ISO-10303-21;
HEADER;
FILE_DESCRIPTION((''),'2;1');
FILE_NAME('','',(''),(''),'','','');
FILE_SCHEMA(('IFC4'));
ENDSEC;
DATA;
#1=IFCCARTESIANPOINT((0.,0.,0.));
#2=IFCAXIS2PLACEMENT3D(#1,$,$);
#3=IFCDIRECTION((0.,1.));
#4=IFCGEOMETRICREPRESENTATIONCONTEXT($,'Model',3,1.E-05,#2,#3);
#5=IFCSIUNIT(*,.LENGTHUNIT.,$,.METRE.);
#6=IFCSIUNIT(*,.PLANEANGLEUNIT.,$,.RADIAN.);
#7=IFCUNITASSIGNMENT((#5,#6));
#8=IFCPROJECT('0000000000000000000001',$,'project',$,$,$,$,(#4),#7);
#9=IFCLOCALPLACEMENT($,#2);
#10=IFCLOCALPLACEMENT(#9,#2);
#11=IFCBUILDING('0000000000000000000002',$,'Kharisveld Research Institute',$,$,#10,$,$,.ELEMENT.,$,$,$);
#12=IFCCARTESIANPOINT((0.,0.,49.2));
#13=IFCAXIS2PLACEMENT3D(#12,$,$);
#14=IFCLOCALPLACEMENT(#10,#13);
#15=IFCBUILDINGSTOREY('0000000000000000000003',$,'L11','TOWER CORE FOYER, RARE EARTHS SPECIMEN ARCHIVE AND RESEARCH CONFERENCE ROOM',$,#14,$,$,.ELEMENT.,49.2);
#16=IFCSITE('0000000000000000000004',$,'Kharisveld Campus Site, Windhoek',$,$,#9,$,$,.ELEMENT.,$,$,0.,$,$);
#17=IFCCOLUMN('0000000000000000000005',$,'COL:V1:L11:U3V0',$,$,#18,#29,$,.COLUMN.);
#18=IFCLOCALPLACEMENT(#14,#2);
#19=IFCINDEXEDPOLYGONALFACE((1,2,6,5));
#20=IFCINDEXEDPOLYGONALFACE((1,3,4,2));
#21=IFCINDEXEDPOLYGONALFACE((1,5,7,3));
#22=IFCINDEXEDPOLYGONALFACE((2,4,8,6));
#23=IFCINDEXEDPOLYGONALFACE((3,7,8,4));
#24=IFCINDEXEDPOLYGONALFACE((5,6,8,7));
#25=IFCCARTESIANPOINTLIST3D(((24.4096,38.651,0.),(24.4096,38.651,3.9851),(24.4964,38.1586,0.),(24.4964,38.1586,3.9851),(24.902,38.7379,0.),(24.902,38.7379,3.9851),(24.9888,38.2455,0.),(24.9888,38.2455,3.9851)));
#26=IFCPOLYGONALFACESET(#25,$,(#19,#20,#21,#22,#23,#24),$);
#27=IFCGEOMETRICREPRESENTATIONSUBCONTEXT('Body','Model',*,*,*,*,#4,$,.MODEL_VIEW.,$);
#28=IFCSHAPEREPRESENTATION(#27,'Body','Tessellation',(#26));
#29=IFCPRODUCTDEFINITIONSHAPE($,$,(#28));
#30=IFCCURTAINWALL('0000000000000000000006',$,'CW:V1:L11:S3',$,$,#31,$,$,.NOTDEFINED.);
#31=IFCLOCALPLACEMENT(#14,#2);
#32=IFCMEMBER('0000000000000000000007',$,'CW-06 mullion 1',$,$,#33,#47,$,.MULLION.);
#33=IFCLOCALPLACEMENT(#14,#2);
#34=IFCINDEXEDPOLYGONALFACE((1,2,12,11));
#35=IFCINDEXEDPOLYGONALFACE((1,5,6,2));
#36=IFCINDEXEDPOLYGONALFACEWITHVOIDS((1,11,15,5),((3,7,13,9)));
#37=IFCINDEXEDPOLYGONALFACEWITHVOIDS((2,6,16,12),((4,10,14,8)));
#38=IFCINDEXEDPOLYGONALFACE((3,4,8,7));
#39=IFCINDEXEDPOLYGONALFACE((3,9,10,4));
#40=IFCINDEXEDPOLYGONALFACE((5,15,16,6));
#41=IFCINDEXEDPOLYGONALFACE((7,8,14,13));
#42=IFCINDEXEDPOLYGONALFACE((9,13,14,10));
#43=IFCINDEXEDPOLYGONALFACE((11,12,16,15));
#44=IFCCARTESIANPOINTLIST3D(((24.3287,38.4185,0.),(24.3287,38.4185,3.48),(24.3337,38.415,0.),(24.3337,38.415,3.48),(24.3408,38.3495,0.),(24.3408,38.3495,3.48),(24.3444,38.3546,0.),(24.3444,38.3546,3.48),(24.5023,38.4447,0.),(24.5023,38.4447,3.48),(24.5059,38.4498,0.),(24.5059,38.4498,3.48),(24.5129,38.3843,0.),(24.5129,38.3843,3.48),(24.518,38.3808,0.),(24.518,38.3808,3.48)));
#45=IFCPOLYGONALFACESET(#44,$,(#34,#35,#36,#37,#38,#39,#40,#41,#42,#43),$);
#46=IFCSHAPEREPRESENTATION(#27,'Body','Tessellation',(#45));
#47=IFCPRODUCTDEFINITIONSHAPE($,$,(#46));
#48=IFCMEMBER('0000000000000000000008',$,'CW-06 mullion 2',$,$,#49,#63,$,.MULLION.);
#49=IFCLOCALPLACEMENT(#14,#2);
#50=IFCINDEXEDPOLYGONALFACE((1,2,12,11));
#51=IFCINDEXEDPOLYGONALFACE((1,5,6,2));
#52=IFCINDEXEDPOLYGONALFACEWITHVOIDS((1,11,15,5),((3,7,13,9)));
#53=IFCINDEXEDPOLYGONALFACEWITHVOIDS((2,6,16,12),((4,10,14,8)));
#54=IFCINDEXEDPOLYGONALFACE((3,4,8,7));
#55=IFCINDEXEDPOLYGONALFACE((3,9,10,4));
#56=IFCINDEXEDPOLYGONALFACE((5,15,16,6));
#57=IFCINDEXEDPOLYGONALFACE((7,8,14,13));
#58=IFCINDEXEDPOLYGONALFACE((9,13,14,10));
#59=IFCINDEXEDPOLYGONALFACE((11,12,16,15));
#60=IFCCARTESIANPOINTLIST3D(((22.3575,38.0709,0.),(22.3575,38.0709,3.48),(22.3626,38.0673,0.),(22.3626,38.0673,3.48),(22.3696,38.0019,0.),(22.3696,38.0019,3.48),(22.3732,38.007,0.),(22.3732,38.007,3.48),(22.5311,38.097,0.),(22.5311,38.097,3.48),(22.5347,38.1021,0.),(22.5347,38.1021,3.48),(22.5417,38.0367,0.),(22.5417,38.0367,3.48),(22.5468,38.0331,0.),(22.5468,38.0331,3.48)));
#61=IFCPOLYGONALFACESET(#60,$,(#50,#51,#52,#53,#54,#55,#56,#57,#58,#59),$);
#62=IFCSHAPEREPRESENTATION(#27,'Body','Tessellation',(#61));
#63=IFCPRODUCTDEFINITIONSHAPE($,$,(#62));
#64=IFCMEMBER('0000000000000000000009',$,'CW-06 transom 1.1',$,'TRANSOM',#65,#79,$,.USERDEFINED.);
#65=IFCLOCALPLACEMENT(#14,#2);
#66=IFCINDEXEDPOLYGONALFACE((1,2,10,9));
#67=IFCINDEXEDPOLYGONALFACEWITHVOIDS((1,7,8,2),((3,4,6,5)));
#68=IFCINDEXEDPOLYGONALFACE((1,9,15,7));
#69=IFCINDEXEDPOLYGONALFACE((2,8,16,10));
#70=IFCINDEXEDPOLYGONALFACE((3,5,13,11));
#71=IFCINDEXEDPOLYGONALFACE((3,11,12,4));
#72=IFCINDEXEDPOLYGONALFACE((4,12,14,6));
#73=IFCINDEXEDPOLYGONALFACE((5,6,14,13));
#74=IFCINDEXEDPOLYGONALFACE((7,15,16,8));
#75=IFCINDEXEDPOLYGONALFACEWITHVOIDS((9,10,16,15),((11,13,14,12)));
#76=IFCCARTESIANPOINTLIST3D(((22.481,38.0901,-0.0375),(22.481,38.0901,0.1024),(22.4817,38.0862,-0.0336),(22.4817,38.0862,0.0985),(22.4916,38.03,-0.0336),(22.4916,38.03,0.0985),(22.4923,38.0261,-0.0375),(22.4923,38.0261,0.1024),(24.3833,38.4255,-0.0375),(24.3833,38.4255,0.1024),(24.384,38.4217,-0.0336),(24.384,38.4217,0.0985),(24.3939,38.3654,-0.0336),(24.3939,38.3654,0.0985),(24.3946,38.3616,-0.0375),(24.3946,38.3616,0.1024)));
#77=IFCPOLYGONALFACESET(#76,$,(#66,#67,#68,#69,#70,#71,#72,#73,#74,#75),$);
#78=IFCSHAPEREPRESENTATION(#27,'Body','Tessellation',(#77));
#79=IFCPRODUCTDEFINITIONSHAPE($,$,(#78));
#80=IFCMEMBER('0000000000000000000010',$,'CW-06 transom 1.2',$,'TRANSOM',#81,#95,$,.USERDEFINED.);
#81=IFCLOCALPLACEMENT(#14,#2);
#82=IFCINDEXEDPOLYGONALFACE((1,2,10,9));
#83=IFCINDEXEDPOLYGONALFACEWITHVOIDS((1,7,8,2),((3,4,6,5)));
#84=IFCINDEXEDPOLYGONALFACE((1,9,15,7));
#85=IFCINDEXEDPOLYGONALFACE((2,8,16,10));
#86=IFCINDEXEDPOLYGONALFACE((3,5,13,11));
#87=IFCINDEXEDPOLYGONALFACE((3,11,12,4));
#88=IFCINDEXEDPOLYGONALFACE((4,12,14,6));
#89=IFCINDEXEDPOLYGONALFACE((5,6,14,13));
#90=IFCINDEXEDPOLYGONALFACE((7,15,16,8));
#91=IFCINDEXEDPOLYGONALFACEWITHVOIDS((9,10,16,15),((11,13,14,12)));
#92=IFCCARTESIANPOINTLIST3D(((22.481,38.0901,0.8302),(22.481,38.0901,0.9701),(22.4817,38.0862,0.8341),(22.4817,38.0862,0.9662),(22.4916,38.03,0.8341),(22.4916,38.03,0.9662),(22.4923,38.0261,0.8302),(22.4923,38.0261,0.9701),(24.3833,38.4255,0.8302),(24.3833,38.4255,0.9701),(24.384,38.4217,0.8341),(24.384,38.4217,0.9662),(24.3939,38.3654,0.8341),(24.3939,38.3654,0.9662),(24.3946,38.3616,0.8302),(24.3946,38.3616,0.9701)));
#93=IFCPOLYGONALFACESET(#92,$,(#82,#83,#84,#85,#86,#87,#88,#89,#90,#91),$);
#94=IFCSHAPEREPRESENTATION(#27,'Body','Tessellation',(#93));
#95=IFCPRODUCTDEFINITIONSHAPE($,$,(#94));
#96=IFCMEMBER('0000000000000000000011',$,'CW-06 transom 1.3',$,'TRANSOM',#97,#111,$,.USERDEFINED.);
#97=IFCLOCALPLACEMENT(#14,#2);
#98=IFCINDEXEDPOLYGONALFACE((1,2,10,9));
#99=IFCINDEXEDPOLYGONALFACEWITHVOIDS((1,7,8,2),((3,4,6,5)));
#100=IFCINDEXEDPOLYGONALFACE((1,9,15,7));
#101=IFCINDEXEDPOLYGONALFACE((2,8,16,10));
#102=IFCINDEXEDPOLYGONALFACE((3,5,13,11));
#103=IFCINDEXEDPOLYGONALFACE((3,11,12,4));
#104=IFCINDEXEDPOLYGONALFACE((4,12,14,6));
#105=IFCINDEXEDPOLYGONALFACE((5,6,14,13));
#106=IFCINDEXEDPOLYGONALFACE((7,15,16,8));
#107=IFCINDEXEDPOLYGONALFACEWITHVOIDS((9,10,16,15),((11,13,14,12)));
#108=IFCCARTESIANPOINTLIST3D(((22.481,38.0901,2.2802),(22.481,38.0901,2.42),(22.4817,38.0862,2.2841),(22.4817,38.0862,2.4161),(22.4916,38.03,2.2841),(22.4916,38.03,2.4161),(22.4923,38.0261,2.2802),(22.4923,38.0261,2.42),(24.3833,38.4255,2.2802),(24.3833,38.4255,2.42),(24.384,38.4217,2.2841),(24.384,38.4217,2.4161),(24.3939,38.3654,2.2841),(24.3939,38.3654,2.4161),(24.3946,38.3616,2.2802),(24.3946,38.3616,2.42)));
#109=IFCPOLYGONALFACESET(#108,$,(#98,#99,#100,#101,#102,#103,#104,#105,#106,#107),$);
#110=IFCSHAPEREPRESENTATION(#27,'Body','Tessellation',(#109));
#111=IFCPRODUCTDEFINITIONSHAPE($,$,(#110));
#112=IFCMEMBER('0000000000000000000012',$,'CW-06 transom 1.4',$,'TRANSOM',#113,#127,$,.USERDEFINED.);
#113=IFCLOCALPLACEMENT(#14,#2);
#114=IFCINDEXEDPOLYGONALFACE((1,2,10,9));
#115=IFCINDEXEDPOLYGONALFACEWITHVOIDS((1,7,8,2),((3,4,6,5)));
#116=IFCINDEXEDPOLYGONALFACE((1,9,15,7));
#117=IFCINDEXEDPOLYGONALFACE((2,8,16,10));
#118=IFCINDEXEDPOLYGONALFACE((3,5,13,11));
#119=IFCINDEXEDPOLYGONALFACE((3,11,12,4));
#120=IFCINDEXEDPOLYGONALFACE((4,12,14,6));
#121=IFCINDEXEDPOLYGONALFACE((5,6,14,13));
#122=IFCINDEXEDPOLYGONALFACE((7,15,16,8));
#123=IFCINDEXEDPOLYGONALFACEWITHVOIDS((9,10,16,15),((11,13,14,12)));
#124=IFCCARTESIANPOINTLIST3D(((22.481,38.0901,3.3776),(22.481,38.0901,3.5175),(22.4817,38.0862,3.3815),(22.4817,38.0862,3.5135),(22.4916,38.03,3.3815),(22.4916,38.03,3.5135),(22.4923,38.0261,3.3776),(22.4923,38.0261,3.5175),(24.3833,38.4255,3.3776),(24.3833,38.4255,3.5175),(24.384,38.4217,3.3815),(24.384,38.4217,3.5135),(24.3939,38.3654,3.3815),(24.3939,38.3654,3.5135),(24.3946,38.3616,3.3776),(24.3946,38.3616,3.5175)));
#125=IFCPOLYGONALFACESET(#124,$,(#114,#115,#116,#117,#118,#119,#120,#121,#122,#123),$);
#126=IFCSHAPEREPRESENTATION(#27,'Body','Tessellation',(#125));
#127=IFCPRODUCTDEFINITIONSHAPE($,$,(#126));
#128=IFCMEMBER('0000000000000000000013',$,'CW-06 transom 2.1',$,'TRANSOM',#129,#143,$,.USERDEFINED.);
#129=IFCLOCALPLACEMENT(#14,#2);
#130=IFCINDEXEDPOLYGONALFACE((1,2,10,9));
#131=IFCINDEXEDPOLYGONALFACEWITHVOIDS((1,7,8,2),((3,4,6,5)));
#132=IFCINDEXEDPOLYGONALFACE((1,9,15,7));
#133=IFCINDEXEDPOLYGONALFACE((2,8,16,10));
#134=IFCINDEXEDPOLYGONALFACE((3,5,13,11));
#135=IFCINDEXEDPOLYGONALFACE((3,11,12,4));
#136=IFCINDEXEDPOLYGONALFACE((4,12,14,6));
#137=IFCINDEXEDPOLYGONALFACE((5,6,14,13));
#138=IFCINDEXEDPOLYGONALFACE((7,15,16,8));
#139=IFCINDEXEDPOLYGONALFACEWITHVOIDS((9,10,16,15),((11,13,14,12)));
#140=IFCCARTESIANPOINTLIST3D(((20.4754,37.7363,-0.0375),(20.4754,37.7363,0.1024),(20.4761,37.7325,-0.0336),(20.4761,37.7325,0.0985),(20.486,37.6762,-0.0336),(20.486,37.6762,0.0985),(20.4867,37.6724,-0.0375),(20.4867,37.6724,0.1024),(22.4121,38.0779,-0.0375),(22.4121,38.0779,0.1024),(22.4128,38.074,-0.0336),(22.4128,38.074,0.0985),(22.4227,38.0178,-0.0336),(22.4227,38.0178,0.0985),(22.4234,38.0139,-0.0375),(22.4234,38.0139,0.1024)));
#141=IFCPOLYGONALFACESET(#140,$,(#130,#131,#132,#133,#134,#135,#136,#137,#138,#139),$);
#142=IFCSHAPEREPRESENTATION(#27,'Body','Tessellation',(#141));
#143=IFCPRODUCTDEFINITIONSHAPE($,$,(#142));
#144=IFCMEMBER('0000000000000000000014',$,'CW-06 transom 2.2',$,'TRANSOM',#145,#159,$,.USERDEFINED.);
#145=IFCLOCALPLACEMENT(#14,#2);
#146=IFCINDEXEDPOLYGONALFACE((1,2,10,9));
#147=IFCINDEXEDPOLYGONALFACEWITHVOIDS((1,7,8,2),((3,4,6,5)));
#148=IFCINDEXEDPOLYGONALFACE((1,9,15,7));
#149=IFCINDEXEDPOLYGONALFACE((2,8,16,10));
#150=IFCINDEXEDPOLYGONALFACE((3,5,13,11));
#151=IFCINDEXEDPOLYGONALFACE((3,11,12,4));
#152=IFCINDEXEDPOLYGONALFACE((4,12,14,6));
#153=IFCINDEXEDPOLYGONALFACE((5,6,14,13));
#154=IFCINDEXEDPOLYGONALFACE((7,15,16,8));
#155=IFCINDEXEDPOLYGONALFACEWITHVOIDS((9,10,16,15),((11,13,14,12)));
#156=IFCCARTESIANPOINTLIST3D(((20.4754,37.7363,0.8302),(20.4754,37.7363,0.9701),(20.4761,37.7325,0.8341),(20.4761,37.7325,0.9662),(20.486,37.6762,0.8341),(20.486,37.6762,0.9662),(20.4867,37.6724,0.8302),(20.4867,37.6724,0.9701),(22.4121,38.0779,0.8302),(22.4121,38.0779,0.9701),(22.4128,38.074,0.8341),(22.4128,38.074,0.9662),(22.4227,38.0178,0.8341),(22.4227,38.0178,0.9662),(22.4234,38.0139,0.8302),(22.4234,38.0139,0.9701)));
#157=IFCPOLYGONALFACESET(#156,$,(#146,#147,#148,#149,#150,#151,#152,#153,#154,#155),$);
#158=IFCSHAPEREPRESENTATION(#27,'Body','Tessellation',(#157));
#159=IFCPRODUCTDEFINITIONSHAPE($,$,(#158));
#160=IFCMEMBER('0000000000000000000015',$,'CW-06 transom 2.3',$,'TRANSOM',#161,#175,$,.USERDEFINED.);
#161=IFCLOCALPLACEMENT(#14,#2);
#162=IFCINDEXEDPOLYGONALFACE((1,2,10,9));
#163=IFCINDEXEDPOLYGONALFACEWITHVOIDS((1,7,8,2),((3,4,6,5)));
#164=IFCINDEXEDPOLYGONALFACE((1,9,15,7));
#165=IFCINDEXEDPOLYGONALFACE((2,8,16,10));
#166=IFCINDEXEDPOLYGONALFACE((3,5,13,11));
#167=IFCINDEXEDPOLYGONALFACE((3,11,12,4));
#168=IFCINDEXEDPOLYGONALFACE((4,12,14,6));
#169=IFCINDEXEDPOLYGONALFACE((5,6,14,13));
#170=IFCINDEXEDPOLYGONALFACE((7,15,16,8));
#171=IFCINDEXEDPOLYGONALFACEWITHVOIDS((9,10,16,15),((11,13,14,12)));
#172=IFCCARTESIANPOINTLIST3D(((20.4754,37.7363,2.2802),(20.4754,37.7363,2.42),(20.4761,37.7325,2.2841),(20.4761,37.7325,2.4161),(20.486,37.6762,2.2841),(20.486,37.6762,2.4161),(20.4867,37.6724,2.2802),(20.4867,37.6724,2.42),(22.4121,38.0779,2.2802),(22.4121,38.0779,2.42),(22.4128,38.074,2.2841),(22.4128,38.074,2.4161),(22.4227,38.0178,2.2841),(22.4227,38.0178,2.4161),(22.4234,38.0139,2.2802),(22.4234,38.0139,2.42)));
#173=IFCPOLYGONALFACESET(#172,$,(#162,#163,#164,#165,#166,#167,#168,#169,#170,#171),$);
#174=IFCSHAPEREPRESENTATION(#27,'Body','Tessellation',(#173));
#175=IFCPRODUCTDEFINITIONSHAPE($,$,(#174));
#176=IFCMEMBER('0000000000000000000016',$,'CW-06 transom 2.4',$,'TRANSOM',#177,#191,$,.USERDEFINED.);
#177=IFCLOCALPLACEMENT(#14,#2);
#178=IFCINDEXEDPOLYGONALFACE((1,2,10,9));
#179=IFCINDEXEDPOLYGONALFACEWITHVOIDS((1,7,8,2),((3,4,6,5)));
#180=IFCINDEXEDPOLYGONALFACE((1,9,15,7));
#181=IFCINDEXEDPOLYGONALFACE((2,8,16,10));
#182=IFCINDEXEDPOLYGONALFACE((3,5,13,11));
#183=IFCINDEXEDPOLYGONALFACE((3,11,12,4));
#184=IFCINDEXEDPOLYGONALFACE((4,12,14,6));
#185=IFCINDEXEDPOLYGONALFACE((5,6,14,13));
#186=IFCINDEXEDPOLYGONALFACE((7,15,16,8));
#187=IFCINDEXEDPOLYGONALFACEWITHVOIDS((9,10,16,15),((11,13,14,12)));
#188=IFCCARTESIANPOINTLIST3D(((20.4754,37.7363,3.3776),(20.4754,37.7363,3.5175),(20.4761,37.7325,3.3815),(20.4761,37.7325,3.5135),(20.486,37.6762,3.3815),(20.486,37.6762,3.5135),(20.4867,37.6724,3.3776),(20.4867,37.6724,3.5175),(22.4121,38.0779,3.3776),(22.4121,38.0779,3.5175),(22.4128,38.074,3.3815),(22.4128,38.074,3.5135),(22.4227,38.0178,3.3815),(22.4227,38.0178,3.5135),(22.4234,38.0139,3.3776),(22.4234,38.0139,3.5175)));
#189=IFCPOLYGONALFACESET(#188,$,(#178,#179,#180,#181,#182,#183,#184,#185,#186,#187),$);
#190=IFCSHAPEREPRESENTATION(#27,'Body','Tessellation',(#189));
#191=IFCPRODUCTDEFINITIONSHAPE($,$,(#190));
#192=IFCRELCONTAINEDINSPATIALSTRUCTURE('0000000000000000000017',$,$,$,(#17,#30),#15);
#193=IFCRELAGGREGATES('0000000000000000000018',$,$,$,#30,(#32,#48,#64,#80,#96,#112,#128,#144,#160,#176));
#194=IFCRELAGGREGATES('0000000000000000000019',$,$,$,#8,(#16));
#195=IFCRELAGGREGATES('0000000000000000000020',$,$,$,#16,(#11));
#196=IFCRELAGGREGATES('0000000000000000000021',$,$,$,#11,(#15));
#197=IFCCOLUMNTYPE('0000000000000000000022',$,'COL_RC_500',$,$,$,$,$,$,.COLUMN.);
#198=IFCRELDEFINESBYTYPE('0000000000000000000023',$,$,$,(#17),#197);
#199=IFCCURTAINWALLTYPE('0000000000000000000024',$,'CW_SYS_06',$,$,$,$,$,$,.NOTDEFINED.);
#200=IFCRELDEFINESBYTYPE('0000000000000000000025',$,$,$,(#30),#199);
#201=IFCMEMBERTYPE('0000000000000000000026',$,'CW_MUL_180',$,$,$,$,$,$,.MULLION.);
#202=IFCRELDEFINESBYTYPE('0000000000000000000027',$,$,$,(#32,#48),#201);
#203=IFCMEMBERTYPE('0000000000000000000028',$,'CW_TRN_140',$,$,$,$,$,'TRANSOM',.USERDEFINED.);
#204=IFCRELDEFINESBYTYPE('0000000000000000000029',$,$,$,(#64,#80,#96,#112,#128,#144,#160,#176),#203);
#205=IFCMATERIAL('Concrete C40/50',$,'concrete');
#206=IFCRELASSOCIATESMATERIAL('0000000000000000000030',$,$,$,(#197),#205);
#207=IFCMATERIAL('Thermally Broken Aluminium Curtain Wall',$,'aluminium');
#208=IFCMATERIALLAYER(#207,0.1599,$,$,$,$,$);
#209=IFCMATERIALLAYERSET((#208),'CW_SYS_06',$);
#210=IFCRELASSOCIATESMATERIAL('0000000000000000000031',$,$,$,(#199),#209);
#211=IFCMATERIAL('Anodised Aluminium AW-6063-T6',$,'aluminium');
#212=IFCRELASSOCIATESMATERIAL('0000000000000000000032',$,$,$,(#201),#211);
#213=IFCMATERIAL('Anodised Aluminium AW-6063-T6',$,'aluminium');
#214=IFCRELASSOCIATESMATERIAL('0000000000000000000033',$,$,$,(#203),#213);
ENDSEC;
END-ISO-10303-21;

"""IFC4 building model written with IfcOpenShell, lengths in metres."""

from ifc_helpers import new_model, si_unit, direction, frame, origin, origin_2d, place, context, subcontext, project, spatial, rectangle, hollow_rectangle, extrude, material, layer, layer_set, material_profile, profile_set, type_object, element, aggregate, save


model = new_model("IFC4")

# Units and contexts
model_context = context("Model", 3, precision=1e-05, world=origin(), true_north=direction((0.0, 1.0)))
body_context = subcontext(model_context, "Body", "Model", "MODEL_VIEW")
ifc_project = project(units=[si_unit("LENGTHUNIT", "METRE"), si_unit("PLANEANGLEUNIT", "RADIAN")], contexts=[model_context])

# Site, building, storey
site_placement = place(None, origin())
site = spatial("IfcSite", under=ifc_project, at=site_placement, Name="Kharisveld Campus Site, Windhoek", CompositionType="ELEMENT", RefElevation=0.0)
building_placement = place(site_placement, origin())
building = spatial("IfcBuilding", under=site, at=building_placement, Name="Kharisveld Research Institute", CompositionType="ELEMENT")
storey_placement = place(building_placement, frame((0.0, 0.0, 49.2)))
storey = spatial("IfcBuildingStorey", under=building, at=storey_placement, Name="L11", Description="TOWER CORE FOYER, RARE EARTHS SPECIMEN ARCHIVE AND RESEARCH CONFERENCE ROOM", CompositionType="ELEMENT", Elevation=49.2)

# Column
ifc_material_1 = material(Name="Concrete C40/50", Category="concrete")
ifc_material_profile_1 = material_profile(ifc_material_1, rectangle(XDim=0.5, YDim=0.5, at=origin_2d()))
ifc_profile_set_1 = profile_set([ifc_material_profile_1], Name="Concrete C40/50")
column_type = type_object("IfcColumnType", Name="COL_RC_500", PredefinedType="COLUMN", material=ifc_profile_set_1)
column_placement = place(storey_placement, frame((24.6992, 38.4482, 0.0), z_axis=(0.0, 0.0, 1.0), x_axis=(0.984808, 0.173648, 0.0)))
element("IfcColumn", 1, at=column_placement, inside=storey, type_object=column_type, Name="COL:V1:L11:U3V0", PredefinedType="COLUMN", context=body_context, shape_type="SweptSolid", body=[
    extrude(rectangle(XDim=0.5, YDim=0.5, at=origin_2d()), origin(), (0.0, 0.0, 1.0), 3.9851),
])

# Curtain wall, members
ifc_material_2 = material(Name="Thermally Broken Aluminium Curtain Wall", Category="aluminium")
ifc_layer_1 = layer(ifc_material_2, 0.1599)
ifc_layer_set_1 = layer_set([ifc_layer_1], Name="CW_SYS_06")
curtain_wall_type = type_object("IfcCurtainWallType", Name="CW_SYS_06", PredefinedType="NOTDEFINED", material=ifc_layer_set_1)
curtain_wall_placement = place(storey_placement, origin())
curtain_wall = element("IfcCurtainWall", 2, at=curtain_wall_placement, inside=storey, type_object=curtain_wall_type, Name="CW:V1:L11:S3", PredefinedType="NOTDEFINED")
ifc_material_3 = material(Name="Anodised Aluminium AW-6063-T6", Category="aluminium")
ifc_material_profile_2 = material_profile(ifc_material_3, hollow_rectangle(XDim=0.0701, YDim=0.1799, WallThickness=0.0044, at=origin_2d()))
ifc_profile_set_2 = profile_set([ifc_material_profile_2], Name="Anodised Aluminium AW-6063-T6")
member_type_1 = type_object("IfcMemberType", Name="CW_MUL_180", PredefinedType="MULLION", material=ifc_profile_set_2)
member_1_placement = place(storey_placement, frame((24.4233, 38.3997, 0.0), z_axis=(0.0, 0.0, 1.0), x_axis=(0.173648, -0.984808, 0.0)))
member_1 = element("IfcMember", 3, at=member_1_placement, type_object=member_type_1, Name="CW-06 mullion 1", PredefinedType="MULLION", context=body_context, shape_type="SweptSolid", body=[
    extrude(hollow_rectangle(XDim=0.0701, YDim=0.1799, WallThickness=0.0044, at=origin_2d()), origin(), (0.0, 0.0, 1.0), 3.48),
])
member_2_placement = place(storey_placement, frame((22.4521, 38.052, 0.0), z_axis=(0.0, 0.0, 1.0), x_axis=(0.173648, -0.984808, 0.0)))
member_2 = element("IfcMember", 4, at=member_2_placement, type_object=member_type_1, Name="CW-06 mullion 2", PredefinedType="MULLION", context=body_context, shape_type="SweptSolid", body=[
    extrude(hollow_rectangle(XDim=0.0701, YDim=0.1799, WallThickness=0.0044, at=origin_2d()), origin(), (0.0, 0.0, 1.0), 3.48),
])
ifc_material_4 = material(Name="Anodised Aluminium AW-6063-T6", Category="aluminium")
ifc_material_profile_3 = material_profile(ifc_material_4, hollow_rectangle(XDim=0.0649, YDim=0.1399, WallThickness=0.0039, at=origin_2d()))
ifc_profile_set_3 = profile_set([ifc_material_profile_3], Name="Anodised Aluminium AW-6063-T6")
member_type_2 = type_object("IfcMemberType", Name="CW_TRN_140", ElementType="TRANSOM", PredefinedType="USERDEFINED", material=ifc_profile_set_3)
member_3_placement = place(storey_placement, frame((24.3889, 38.3936, 0.0325), z_axis=(-0.984806, -0.173656, 0.0), x_axis=(0.173656, -0.984806, 0.0)))
member_3 = element("IfcMember", 5, at=member_3_placement, type_object=member_type_2, Name="CW-06 transom 1.1", ObjectType="TRANSOM", PredefinedType="USERDEFINED", context=body_context, shape_type="SweptSolid", body=[
    extrude(hollow_rectangle(XDim=0.0649, YDim=0.1399, WallThickness=0.0039, at=origin_2d()), origin(), (0.0, 0.0, 1.0), 1.9316),
])
member_4_placement = place(storey_placement, frame((24.3889, 38.3936, 0.9001), z_axis=(-0.984806, -0.173656, 0.0), x_axis=(0.173656, -0.984806, 0.0)))
member_4 = element("IfcMember", 6, at=member_4_placement, type_object=member_type_2, Name="CW-06 transom 1.2", ObjectType="TRANSOM", PredefinedType="USERDEFINED", context=body_context, shape_type="SweptSolid", body=[
    extrude(hollow_rectangle(XDim=0.0649, YDim=0.1399, WallThickness=0.0039, at=origin_2d()), origin(), (0.0, 0.0, 1.0), 1.9316),
])
member_5_placement = place(storey_placement, frame((24.3889, 38.3936, 2.3501), z_axis=(-0.984806, -0.173656, 0.0), x_axis=(0.173656, -0.984806, 0.0)))
member_5 = element("IfcMember", 7, at=member_5_placement, type_object=member_type_2, Name="CW-06 transom 1.3", ObjectType="TRANSOM", PredefinedType="USERDEFINED", context=body_context, shape_type="SweptSolid", body=[
    extrude(hollow_rectangle(XDim=0.0649, YDim=0.1399, WallThickness=0.0039, at=origin_2d()), origin(), (0.0, 0.0, 1.0), 1.9316),
])
member_6_placement = place(storey_placement, frame((24.3889, 38.3936, 3.4475), z_axis=(-0.984806, -0.173656, 0.0), x_axis=(0.173656, -0.984806, 0.0)))
member_6 = element("IfcMember", 8, at=member_6_placement, type_object=member_type_2, Name="CW-06 transom 1.4", ObjectType="TRANSOM", PredefinedType="USERDEFINED", context=body_context, shape_type="SweptSolid", body=[
    extrude(hollow_rectangle(XDim=0.0649, YDim=0.1399, WallThickness=0.0039, at=origin_2d()), origin(), (0.0, 0.0, 1.0), 1.9316),
])
member_7_placement = place(storey_placement, frame((22.4177, 38.0459, 0.0325), z_axis=(-0.984804, -0.173672, 0.0), x_axis=(0.173672, -0.984804, 0.0)))
member_7 = element("IfcMember", 9, at=member_7_placement, type_object=member_type_2, Name="CW-06 transom 2.1", ObjectType="TRANSOM", PredefinedType="USERDEFINED", context=body_context, shape_type="SweptSolid", body=[
    extrude(hollow_rectangle(XDim=0.0649, YDim=0.1399, WallThickness=0.0039, at=origin_2d()), origin(), (0.0, 0.0, 1.0), 1.9666),
])
member_8_placement = place(storey_placement, frame((22.4177, 38.0459, 0.9001), z_axis=(-0.984804, -0.173672, 0.0), x_axis=(0.173672, -0.984804, 0.0)))
member_8 = element("IfcMember", 10, at=member_8_placement, type_object=member_type_2, Name="CW-06 transom 2.2", ObjectType="TRANSOM", PredefinedType="USERDEFINED", context=body_context, shape_type="SweptSolid", body=[
    extrude(hollow_rectangle(XDim=0.0649, YDim=0.1399, WallThickness=0.0039, at=origin_2d()), origin(), (0.0, 0.0, 1.0), 1.9666),
])
member_9_placement = place(storey_placement, frame((22.4177, 38.0459, 2.3501), z_axis=(-0.984804, -0.173672, 0.0), x_axis=(0.173672, -0.984804, 0.0)))
member_9 = element("IfcMember", 11, at=member_9_placement, type_object=member_type_2, Name="CW-06 transom 2.3", ObjectType="TRANSOM", PredefinedType="USERDEFINED", context=body_context, shape_type="SweptSolid", body=[
    extrude(hollow_rectangle(XDim=0.0649, YDim=0.1399, WallThickness=0.0039, at=origin_2d()), origin(), (0.0, 0.0, 1.0), 1.9666),
])
member_10_placement = place(storey_placement, frame((22.4177, 38.0459, 3.4475), z_axis=(-0.984804, -0.173672, 0.0), x_axis=(0.173672, -0.984804, 0.0)))
member_10 = element("IfcMember", 12, at=member_10_placement, type_object=member_type_2, Name="CW-06 transom 2.4", ObjectType="TRANSOM", PredefinedType="USERDEFINED", context=body_context, shape_type="SweptSolid", body=[
    extrude(hollow_rectangle(XDim=0.0649, YDim=0.1399, WallThickness=0.0039, at=origin_2d()), origin(), (0.0, 0.0, 1.0), 1.9666),
])
aggregate(curtain_wall, [member_1, member_2, member_3, member_4, member_5, member_6, member_7, member_8, member_9, member_10])

save(model, "model.ifc")
